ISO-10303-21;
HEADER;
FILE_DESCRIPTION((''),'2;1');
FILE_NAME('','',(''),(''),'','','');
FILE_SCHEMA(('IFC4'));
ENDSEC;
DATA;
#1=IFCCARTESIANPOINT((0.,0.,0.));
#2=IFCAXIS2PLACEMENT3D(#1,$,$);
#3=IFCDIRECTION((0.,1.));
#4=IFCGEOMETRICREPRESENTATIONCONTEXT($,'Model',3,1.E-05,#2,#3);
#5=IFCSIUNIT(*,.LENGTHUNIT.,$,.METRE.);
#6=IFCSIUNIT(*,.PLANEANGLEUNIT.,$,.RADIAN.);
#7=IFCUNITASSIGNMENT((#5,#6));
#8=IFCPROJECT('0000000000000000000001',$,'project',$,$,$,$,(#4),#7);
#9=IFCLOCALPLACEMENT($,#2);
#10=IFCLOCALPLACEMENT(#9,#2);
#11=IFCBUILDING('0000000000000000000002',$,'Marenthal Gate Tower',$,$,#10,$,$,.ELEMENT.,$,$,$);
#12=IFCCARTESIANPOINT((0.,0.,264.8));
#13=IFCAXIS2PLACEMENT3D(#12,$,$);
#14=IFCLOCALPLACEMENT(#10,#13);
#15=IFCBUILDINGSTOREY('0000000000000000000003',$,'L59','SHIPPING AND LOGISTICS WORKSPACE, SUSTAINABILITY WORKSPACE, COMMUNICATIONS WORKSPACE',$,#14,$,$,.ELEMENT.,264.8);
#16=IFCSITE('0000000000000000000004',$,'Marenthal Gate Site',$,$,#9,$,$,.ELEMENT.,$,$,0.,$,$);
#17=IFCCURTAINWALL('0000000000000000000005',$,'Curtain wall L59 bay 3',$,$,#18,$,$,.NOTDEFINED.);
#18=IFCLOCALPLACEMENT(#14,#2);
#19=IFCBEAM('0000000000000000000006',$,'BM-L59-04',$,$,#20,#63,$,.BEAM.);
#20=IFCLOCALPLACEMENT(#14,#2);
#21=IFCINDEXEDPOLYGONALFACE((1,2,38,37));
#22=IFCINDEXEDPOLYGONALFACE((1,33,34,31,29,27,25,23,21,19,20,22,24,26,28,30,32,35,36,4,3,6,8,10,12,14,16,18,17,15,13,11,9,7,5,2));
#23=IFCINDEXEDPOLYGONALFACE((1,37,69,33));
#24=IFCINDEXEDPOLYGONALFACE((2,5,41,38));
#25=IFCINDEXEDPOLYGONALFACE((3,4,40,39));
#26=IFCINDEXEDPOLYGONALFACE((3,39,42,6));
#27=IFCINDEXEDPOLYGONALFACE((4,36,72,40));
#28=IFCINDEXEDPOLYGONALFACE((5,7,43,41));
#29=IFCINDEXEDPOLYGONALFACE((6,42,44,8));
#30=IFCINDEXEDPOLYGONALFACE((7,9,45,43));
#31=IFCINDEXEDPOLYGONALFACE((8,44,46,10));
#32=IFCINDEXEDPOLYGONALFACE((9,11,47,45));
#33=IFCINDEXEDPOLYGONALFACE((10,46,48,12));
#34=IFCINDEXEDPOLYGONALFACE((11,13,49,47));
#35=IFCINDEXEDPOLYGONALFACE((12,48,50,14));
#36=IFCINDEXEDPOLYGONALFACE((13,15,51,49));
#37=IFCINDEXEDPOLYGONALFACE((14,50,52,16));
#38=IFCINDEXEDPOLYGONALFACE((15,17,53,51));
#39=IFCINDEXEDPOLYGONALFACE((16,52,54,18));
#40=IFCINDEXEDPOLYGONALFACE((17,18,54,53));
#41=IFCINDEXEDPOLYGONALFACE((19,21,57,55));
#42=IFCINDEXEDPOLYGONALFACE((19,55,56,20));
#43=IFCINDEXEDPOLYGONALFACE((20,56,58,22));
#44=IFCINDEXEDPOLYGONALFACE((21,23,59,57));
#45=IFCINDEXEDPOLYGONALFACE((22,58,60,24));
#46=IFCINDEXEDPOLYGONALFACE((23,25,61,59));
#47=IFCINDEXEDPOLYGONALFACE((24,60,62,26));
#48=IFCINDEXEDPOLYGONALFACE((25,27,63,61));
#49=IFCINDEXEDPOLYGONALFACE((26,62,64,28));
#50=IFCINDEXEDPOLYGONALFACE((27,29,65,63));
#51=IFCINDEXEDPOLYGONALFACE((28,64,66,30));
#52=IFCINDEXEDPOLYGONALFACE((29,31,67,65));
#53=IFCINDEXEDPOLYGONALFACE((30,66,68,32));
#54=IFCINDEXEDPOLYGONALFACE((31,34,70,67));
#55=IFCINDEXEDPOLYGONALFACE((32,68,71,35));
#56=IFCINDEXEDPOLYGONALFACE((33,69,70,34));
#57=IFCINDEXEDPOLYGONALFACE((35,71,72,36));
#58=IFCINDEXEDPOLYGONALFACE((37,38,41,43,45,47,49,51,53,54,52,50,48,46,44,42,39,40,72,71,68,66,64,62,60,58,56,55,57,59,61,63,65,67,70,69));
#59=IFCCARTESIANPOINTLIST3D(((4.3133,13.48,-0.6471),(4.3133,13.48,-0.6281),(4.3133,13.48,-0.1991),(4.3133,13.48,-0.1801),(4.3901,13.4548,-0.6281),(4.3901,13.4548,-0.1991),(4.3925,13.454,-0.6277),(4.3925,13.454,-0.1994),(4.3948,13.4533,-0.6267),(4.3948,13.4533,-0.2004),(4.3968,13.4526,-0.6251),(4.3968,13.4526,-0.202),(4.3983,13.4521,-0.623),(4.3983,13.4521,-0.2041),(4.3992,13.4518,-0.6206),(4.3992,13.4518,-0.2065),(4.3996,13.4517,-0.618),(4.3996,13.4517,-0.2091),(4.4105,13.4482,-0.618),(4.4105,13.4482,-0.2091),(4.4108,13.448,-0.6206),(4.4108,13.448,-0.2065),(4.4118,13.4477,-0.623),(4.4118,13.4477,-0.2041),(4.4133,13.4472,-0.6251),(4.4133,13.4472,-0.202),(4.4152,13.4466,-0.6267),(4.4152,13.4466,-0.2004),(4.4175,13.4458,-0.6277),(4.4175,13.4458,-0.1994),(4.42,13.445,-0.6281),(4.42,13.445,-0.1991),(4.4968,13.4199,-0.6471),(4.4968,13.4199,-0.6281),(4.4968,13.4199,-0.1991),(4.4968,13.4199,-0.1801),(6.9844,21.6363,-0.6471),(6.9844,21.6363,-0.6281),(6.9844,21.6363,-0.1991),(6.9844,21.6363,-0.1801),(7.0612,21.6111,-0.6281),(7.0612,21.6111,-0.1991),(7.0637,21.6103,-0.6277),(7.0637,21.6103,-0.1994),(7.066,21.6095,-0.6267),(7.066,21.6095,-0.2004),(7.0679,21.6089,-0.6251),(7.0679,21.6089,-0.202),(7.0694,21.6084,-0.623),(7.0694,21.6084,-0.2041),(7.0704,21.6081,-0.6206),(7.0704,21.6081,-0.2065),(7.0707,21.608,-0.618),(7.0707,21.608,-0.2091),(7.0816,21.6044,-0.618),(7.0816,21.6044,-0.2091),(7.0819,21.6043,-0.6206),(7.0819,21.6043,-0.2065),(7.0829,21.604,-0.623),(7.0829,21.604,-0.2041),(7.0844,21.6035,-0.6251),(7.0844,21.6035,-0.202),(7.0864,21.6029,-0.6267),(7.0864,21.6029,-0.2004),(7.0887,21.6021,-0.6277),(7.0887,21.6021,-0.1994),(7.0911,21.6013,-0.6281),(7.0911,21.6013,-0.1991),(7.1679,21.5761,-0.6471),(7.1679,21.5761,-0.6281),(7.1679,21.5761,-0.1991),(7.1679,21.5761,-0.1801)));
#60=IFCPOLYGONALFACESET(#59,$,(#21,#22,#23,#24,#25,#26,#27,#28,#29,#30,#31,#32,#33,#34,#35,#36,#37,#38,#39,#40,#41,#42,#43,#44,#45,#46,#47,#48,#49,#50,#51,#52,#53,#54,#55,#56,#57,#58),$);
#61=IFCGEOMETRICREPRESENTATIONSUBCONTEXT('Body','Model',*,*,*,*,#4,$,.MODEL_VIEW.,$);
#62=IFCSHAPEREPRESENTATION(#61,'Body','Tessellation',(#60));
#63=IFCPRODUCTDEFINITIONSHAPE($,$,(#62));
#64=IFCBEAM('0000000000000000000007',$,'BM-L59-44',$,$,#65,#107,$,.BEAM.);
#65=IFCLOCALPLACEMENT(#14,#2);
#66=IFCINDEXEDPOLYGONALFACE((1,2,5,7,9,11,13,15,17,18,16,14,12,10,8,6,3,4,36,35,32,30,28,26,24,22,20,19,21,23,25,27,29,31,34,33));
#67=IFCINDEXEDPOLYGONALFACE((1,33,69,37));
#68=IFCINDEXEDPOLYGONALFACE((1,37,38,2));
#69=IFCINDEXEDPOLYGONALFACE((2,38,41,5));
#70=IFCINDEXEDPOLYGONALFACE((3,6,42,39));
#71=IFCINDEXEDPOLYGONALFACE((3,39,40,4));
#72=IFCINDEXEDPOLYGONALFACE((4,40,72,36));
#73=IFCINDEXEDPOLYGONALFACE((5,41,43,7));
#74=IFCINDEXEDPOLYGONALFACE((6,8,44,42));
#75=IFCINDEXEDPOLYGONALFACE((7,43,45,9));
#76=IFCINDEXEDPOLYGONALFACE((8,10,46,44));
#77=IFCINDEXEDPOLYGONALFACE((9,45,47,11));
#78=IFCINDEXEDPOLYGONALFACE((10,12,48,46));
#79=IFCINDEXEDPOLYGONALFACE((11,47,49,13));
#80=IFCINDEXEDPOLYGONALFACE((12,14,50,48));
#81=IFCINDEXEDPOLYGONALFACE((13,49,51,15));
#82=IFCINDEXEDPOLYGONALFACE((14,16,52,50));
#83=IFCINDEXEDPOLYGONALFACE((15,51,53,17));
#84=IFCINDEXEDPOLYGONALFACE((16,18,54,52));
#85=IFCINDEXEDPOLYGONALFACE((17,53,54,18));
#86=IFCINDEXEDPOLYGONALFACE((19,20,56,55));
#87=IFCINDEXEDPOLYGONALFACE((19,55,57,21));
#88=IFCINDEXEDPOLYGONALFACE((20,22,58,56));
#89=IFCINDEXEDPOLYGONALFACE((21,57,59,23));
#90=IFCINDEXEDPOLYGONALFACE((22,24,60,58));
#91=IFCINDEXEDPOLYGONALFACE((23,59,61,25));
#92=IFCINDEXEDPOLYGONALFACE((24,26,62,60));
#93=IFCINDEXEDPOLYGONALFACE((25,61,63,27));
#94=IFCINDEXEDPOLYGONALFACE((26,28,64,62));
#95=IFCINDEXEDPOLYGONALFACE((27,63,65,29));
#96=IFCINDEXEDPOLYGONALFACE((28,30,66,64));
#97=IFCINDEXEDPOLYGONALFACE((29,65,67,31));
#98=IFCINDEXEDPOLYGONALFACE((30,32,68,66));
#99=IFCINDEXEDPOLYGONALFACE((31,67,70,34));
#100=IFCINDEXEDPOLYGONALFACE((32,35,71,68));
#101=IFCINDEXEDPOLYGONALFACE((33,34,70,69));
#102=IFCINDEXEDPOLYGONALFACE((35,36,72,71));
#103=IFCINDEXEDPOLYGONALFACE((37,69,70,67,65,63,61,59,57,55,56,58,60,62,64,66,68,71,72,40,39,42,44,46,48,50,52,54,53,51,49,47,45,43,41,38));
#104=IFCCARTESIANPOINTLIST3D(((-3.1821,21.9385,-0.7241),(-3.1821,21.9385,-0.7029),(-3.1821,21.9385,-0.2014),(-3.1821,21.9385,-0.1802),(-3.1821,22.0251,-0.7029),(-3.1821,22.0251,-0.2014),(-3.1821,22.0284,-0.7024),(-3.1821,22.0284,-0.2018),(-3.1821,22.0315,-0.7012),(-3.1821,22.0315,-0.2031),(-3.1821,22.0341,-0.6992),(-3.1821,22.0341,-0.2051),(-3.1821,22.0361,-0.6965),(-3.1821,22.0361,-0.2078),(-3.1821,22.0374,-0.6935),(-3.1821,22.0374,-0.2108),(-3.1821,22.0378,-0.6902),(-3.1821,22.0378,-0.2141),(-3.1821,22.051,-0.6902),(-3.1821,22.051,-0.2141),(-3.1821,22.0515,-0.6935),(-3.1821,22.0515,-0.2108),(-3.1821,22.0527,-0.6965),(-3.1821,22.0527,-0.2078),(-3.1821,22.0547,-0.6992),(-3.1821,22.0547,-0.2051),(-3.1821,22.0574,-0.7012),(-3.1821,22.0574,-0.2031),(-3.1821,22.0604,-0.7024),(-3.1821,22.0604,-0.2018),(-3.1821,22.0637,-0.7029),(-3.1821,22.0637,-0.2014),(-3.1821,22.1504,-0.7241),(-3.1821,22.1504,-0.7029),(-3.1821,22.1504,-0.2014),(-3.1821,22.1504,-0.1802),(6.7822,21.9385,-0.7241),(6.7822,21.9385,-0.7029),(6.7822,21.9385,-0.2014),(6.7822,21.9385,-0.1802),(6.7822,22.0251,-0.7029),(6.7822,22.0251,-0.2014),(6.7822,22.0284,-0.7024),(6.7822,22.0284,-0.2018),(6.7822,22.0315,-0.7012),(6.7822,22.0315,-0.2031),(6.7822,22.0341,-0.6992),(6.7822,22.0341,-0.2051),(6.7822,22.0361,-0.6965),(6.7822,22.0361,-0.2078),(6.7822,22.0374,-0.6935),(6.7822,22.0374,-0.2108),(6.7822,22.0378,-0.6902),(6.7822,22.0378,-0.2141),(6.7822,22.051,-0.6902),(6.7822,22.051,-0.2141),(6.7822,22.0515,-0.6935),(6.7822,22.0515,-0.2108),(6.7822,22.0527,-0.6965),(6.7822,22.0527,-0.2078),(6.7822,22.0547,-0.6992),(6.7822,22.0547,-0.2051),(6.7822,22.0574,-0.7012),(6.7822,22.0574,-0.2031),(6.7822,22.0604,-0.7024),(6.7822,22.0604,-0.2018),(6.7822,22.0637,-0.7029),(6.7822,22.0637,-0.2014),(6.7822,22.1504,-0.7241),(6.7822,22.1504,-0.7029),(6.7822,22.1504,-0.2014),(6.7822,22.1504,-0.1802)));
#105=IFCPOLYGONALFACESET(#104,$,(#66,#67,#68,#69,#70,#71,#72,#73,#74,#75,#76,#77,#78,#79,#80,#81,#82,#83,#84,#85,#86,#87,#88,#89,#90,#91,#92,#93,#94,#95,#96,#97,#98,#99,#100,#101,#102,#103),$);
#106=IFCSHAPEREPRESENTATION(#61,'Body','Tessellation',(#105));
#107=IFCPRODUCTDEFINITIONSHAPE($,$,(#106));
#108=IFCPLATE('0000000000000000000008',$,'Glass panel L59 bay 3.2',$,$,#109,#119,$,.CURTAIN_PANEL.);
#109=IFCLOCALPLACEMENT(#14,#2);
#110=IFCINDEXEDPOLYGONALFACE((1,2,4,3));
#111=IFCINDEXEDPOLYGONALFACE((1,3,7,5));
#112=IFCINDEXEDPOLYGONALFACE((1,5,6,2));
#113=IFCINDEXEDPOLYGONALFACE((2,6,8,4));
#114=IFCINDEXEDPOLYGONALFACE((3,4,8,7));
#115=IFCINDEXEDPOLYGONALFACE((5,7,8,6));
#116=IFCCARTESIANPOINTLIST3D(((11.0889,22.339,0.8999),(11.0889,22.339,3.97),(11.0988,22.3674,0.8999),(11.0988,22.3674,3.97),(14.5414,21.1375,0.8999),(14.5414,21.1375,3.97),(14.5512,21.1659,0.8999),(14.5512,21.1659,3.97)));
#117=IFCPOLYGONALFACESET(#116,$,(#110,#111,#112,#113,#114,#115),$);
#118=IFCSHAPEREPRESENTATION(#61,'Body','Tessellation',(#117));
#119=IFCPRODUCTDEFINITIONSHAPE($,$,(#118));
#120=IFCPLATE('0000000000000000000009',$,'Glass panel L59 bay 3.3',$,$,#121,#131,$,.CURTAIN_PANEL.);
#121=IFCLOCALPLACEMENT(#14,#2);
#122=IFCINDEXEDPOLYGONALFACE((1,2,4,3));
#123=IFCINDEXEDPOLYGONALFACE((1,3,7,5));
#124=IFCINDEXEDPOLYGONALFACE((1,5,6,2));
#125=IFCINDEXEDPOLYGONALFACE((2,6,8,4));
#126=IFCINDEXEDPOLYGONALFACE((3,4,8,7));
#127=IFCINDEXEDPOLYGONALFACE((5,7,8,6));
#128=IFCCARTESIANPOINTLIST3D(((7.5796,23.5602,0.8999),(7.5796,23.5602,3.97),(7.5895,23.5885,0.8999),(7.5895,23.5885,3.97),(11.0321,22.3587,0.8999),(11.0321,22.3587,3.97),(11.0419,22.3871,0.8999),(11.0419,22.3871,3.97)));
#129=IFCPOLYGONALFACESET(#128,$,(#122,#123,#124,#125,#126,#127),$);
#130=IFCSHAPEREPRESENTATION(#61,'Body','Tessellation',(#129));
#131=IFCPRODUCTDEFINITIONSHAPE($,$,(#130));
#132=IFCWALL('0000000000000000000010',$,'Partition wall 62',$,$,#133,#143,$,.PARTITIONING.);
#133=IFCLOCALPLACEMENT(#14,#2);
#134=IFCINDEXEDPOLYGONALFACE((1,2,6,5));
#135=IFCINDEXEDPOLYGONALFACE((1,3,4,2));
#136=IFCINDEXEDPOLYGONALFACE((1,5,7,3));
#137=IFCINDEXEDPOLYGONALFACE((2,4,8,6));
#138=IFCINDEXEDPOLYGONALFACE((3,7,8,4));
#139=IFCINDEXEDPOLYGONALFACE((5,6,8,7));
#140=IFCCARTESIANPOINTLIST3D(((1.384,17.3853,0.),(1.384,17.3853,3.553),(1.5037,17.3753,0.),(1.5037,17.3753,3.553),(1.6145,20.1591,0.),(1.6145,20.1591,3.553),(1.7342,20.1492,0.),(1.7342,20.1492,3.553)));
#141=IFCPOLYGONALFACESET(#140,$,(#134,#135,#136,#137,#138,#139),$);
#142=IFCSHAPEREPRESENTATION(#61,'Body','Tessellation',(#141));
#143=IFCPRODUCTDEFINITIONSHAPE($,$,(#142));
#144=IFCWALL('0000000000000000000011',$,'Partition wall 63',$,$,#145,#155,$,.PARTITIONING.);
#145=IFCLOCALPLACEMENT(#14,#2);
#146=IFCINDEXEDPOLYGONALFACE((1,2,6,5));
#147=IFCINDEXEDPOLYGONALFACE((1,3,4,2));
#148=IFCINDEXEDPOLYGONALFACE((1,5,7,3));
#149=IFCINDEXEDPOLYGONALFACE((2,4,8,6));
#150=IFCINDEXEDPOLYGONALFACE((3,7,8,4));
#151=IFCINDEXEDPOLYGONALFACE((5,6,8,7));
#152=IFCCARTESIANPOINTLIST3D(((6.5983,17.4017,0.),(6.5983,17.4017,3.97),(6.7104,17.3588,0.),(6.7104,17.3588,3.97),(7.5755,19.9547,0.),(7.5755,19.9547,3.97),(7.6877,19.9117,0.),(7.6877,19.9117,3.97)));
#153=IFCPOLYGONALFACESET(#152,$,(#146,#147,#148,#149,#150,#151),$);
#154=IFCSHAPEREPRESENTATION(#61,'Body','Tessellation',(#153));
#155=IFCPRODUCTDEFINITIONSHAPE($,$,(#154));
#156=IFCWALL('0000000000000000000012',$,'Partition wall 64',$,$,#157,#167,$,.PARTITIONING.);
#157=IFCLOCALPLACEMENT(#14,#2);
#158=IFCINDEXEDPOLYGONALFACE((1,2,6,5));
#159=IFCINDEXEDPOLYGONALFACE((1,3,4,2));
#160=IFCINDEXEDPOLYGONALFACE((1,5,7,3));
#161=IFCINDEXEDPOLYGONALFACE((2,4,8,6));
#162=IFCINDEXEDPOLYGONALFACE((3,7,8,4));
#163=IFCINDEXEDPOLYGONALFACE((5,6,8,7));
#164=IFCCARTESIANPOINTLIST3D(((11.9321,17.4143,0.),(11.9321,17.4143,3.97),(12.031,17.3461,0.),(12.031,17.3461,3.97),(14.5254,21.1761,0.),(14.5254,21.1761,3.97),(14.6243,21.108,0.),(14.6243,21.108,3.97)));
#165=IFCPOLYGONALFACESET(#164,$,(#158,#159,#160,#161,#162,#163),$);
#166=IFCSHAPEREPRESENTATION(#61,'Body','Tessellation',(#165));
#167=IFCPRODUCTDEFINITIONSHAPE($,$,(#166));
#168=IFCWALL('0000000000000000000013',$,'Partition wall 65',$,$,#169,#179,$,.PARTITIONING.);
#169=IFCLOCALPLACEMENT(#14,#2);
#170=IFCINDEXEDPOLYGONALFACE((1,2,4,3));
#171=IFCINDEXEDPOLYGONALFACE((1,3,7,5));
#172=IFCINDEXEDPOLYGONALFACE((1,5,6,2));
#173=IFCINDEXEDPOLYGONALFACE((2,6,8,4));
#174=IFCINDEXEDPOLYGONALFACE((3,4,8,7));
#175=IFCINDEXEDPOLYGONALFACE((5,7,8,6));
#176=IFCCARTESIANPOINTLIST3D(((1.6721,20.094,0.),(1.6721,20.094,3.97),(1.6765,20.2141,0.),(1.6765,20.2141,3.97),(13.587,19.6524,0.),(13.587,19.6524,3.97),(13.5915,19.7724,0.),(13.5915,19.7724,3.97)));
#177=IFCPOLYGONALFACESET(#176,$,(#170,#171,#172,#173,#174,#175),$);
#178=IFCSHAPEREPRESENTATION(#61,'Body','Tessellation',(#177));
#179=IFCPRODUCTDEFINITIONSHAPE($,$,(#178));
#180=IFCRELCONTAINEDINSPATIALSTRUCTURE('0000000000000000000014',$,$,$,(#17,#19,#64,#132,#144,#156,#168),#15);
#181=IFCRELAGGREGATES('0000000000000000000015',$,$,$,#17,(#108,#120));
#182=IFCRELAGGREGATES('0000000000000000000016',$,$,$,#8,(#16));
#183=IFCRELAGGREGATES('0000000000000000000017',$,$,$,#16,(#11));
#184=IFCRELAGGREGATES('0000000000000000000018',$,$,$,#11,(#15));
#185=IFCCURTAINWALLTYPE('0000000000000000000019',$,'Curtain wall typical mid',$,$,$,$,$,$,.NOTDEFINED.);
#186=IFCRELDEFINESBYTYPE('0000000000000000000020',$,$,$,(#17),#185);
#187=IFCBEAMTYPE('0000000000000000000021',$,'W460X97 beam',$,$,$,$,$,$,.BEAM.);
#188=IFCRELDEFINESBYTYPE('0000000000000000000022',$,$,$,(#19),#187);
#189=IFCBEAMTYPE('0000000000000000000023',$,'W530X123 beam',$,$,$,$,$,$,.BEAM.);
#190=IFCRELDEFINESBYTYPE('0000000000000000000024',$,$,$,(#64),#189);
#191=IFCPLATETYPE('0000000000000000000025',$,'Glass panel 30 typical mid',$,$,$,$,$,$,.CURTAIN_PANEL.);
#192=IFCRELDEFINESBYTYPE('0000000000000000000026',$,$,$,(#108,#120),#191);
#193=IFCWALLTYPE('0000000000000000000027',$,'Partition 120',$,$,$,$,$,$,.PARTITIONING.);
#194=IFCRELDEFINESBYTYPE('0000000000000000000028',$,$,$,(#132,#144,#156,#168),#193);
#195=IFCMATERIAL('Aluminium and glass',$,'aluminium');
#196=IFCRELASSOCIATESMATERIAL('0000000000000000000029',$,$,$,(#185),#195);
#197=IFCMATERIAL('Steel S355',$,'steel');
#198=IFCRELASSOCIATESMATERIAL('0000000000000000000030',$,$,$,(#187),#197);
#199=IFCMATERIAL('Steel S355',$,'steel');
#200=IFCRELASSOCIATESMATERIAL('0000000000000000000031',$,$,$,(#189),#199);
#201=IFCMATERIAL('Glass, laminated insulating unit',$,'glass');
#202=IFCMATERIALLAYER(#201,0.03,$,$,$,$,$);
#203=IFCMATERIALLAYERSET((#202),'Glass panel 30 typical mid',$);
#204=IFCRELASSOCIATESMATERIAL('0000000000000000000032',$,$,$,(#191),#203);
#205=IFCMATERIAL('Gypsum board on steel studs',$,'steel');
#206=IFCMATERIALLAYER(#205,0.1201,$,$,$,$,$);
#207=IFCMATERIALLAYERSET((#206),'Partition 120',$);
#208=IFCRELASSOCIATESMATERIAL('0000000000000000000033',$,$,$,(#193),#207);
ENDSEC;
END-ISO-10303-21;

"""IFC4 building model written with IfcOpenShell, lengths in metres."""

from ifc_helpers import new_model, si_unit, direction, frame, frame_2d, origin, origin_2d, place, context, subcontext, project, spatial, rectangle, i_section, extrude, material, layer, layer_set, material_profile, profile_set, type_object, element, aggregate, save


model = new_model("IFC4")

# Units and contexts
model_context = context("Model", 3, precision=1e-05, world=origin(), true_north=direction((0.0, 1.0)))
body_context = subcontext(model_context, "Body", "Model", "MODEL_VIEW")
ifc_project = project(units=[si_unit("LENGTHUNIT", "METRE"), si_unit("PLANEANGLEUNIT", "RADIAN")], contexts=[model_context])

# Site, building, storey
site_placement = place(None, origin())
site = spatial("IfcSite", under=ifc_project, at=site_placement, Name="Marenthal Gate Site", CompositionType="ELEMENT", RefElevation=0.0)
building_placement = place(site_placement, origin())
building = spatial("IfcBuilding", under=site, at=building_placement, Name="Marenthal Gate Tower", CompositionType="ELEMENT")
storey_placement = place(building_placement, frame((0.0, 0.0, 264.8)))
storey = spatial("IfcBuildingStorey", under=building, at=storey_placement, Name="L59", Description="SHIPPING AND LOGISTICS WORKSPACE, SUSTAINABILITY WORKSPACE, COMMUNICATIONS WORKSPACE", CompositionType="ELEMENT", Elevation=264.8)

# Curtain wall
ifc_material_1 = material(Name="Aluminium and glass", Category="aluminium")
curtain_wall_type = type_object("IfcCurtainWallType", Name="Curtain wall typical mid", PredefinedType="NOTDEFINED", material=ifc_material_1)
curtain_wall_placement = place(storey_placement, origin())
curtain_wall = element("IfcCurtainWall", 1, at=curtain_wall_placement, inside=storey, type_object=curtain_wall_type, Name="Curtain wall L59 bay 3", PredefinedType="NOTDEFINED")

# Beams
ifc_material_2 = material(Name="Steel S355", Category="steel")
ifc_material_profile_1 = material_profile(ifc_material_2, i_section(OverallWidth=0.1931, OverallDepth=0.467, WebThickness=0.0115, FlangeThickness=0.019, FilletRadius=0.01, at=origin_2d()), Name="W460X97")
ifc_profile_set_1 = profile_set([ifc_material_profile_1], Name="Steel S355")
beam_type_1 = type_object("IfcBeamType", Name="W460X97 beam", PredefinedType="BEAM", material=ifc_profile_set_1)
beam_1_placement = place(storey_placement, frame((7.0762, 21.6062, -0.4136), z_axis=(-0.311231, -0.950334, 0.0), x_axis=(0.950334, -0.311231, 0.0)))
element("IfcBeam", 2, at=beam_1_placement, inside=storey, type_object=beam_type_1, Name="BM-L59-04", PredefinedType="BEAM", context=body_context, shape_type="SweptSolid", body=[
    extrude(i_section(OverallWidth=0.1931, OverallDepth=0.467, WebThickness=0.0115, FlangeThickness=0.019, FilletRadius=0.01, at=origin_2d()), origin(), (0.0, 0.0, 1.0), 8.5825),
])
ifc_material_3 = material(Name="Steel S355", Category="steel")
ifc_material_profile_2 = material_profile(ifc_material_3, i_section(OverallWidth=0.2119, OverallDepth=0.5439, WebThickness=0.0132, FlangeThickness=0.0212, FilletRadius=0.0127, at=origin_2d()), Name="W530X123")
ifc_profile_set_2 = profile_set([ifc_material_profile_2], Name="Steel S355")
beam_type_2 = type_object("IfcBeamType", Name="W530X123 beam", PredefinedType="BEAM", material=ifc_profile_set_2)
beam_2_placement = place(storey_placement, frame((6.7822, 22.0444, -0.4521), z_axis=(-1.0, 0.0, 0.0), x_axis=(0.0, -1.0, 0.0)))
element("IfcBeam", 3, at=beam_2_placement, inside=storey, type_object=beam_type_2, Name="BM-L59-44", PredefinedType="BEAM", context=body_context, shape_type="SweptSolid", body=[
    extrude(i_section(OverallWidth=0.2119, OverallDepth=0.5439, WebThickness=0.0132, FlangeThickness=0.0212, FilletRadius=0.0127, at=origin_2d()), origin(), (0.0, 0.0, 1.0), 9.9644),
])

# Plates
ifc_material_4 = material(Name="Glass, laminated insulating unit", Category="glass")
ifc_layer_1 = layer(ifc_material_4, 0.03)
ifc_layer_set_1 = layer_set([ifc_layer_1], Name="Glass panel 30 typical mid")
plate_type = type_object("IfcPlateType", Name="Glass panel 30 typical mid", PredefinedType="CURTAIN_PANEL", material=ifc_layer_set_1)
plate_1_placement = place(storey_placement, frame((12.8201, 21.7524, 0.8999), z_axis=(0.0, 0.0, 1.0), x_axis=(-0.944445, 0.32867, 0.0)))
plate_1 = element("IfcPlate", 4, at=plate_1_placement, type_object=plate_type, Name="Glass panel L59 bay 3.2", PredefinedType="CURTAIN_PANEL", context=body_context, shape_type="SweptSolid", body=[
    extrude(rectangle(XDim=3.6555, YDim=0.03, at=origin_2d()), origin(), (0.0, 0.0, 1.0), 3.0701),
])
plate_2_placement = place(storey_placement, frame((9.3108, 22.9736, 0.8999), z_axis=(0.0, 0.0, 1.0), x_axis=(-0.944445, 0.32867, 0.0)))
plate_2 = element("IfcPlate", 5, at=plate_2_placement, type_object=plate_type, Name="Glass panel L59 bay 3.3", PredefinedType="CURTAIN_PANEL", context=body_context, shape_type="SweptSolid", body=[
    extrude(rectangle(XDim=3.6555, YDim=0.03, at=origin_2d()), origin(), (0.0, 0.0, 1.0), 3.0701),
])
aggregate(curtain_wall, [plate_1, plate_2])

# Walls
ifc_material_5 = material(Name="Gypsum board on steel studs", Category="steel")
ifc_layer_2 = layer(ifc_material_5, 0.1201)
ifc_layer_set_2 = layer_set([ifc_layer_2], Name="Partition 120")
wall_type_1 = type_object("IfcWallType", Name="Partition 120", PredefinedType="PARTITIONING", material=ifc_layer_set_2)
wall_1_placement = place(storey_placement, frame((1.6743, 20.1541, 0.0), z_axis=(0.0, 0.0, 1.0), x_axis=(-0.082799, -0.996566, 0.0)))
element("IfcWall", 6, at=wall_1_placement, inside=storey, type_object=wall_type_1, Name="Partition wall 62", PredefinedType="PARTITIONING", context=body_context, shape_type="SweptSolid", body=[
    extrude(rectangle(XDim=2.7834, YDim=0.1201, at=frame_2d((1.3916, 0.0))), origin(), (0.0, 0.0, 1.0), 3.553),
])
wall_2_placement = place(storey_placement, frame((7.6316, 19.9331, 0.0), z_axis=(0.0, 0.0, 1.0), x_axis=(-0.357506, -0.933911, 0.0)))
element("IfcWall", 7, at=wall_2_placement, inside=storey, type_object=wall_type_1, Name="Partition wall 63", PredefinedType="PARTITIONING", context=body_context, shape_type="SweptSolid", body=[
    extrude(rectangle(XDim=2.7336, YDim=0.1201, at=frame_2d((1.3667, 0.0))), origin(), (0.0, 0.0, 1.0), 3.97),
])
wall_3_placement = place(storey_placement, frame((11.9814, 17.3801, 0.0), z_axis=(0.0, 0.0, 1.0), x_axis=(0.567581, 0.823318, 0.0)))
element("IfcWall", 8, at=wall_3_placement, inside=storey, type_object=wall_type_1, Name="Partition wall 64", PredefinedType="PARTITIONING", context=body_context, shape_type="SweptSolid", body=[
    extrude(rectangle(XDim=4.5691, YDim=0.1201, at=frame_2d((2.2847, 0.0))), origin(), (0.0, 0.0, 1.0), 3.97),
])
wall_4_placement = place(storey_placement, frame((13.5891, 19.7124, 0.0), z_axis=(0.0, 0.0, 1.0), x_axis=(-0.999314, 0.037042, 0.0)))
element("IfcWall", 9, at=wall_4_placement, inside=storey, type_object=wall_type_1, Name="Partition wall 65", PredefinedType="PARTITIONING", context=body_context, shape_type="SweptSolid", body=[
    extrude(rectangle(XDim=11.9231, YDim=0.1201, at=frame_2d((5.9614, 0.0))), origin(), (0.0, 0.0, 1.0), 3.97),
])

save(model, "model.ifc")
